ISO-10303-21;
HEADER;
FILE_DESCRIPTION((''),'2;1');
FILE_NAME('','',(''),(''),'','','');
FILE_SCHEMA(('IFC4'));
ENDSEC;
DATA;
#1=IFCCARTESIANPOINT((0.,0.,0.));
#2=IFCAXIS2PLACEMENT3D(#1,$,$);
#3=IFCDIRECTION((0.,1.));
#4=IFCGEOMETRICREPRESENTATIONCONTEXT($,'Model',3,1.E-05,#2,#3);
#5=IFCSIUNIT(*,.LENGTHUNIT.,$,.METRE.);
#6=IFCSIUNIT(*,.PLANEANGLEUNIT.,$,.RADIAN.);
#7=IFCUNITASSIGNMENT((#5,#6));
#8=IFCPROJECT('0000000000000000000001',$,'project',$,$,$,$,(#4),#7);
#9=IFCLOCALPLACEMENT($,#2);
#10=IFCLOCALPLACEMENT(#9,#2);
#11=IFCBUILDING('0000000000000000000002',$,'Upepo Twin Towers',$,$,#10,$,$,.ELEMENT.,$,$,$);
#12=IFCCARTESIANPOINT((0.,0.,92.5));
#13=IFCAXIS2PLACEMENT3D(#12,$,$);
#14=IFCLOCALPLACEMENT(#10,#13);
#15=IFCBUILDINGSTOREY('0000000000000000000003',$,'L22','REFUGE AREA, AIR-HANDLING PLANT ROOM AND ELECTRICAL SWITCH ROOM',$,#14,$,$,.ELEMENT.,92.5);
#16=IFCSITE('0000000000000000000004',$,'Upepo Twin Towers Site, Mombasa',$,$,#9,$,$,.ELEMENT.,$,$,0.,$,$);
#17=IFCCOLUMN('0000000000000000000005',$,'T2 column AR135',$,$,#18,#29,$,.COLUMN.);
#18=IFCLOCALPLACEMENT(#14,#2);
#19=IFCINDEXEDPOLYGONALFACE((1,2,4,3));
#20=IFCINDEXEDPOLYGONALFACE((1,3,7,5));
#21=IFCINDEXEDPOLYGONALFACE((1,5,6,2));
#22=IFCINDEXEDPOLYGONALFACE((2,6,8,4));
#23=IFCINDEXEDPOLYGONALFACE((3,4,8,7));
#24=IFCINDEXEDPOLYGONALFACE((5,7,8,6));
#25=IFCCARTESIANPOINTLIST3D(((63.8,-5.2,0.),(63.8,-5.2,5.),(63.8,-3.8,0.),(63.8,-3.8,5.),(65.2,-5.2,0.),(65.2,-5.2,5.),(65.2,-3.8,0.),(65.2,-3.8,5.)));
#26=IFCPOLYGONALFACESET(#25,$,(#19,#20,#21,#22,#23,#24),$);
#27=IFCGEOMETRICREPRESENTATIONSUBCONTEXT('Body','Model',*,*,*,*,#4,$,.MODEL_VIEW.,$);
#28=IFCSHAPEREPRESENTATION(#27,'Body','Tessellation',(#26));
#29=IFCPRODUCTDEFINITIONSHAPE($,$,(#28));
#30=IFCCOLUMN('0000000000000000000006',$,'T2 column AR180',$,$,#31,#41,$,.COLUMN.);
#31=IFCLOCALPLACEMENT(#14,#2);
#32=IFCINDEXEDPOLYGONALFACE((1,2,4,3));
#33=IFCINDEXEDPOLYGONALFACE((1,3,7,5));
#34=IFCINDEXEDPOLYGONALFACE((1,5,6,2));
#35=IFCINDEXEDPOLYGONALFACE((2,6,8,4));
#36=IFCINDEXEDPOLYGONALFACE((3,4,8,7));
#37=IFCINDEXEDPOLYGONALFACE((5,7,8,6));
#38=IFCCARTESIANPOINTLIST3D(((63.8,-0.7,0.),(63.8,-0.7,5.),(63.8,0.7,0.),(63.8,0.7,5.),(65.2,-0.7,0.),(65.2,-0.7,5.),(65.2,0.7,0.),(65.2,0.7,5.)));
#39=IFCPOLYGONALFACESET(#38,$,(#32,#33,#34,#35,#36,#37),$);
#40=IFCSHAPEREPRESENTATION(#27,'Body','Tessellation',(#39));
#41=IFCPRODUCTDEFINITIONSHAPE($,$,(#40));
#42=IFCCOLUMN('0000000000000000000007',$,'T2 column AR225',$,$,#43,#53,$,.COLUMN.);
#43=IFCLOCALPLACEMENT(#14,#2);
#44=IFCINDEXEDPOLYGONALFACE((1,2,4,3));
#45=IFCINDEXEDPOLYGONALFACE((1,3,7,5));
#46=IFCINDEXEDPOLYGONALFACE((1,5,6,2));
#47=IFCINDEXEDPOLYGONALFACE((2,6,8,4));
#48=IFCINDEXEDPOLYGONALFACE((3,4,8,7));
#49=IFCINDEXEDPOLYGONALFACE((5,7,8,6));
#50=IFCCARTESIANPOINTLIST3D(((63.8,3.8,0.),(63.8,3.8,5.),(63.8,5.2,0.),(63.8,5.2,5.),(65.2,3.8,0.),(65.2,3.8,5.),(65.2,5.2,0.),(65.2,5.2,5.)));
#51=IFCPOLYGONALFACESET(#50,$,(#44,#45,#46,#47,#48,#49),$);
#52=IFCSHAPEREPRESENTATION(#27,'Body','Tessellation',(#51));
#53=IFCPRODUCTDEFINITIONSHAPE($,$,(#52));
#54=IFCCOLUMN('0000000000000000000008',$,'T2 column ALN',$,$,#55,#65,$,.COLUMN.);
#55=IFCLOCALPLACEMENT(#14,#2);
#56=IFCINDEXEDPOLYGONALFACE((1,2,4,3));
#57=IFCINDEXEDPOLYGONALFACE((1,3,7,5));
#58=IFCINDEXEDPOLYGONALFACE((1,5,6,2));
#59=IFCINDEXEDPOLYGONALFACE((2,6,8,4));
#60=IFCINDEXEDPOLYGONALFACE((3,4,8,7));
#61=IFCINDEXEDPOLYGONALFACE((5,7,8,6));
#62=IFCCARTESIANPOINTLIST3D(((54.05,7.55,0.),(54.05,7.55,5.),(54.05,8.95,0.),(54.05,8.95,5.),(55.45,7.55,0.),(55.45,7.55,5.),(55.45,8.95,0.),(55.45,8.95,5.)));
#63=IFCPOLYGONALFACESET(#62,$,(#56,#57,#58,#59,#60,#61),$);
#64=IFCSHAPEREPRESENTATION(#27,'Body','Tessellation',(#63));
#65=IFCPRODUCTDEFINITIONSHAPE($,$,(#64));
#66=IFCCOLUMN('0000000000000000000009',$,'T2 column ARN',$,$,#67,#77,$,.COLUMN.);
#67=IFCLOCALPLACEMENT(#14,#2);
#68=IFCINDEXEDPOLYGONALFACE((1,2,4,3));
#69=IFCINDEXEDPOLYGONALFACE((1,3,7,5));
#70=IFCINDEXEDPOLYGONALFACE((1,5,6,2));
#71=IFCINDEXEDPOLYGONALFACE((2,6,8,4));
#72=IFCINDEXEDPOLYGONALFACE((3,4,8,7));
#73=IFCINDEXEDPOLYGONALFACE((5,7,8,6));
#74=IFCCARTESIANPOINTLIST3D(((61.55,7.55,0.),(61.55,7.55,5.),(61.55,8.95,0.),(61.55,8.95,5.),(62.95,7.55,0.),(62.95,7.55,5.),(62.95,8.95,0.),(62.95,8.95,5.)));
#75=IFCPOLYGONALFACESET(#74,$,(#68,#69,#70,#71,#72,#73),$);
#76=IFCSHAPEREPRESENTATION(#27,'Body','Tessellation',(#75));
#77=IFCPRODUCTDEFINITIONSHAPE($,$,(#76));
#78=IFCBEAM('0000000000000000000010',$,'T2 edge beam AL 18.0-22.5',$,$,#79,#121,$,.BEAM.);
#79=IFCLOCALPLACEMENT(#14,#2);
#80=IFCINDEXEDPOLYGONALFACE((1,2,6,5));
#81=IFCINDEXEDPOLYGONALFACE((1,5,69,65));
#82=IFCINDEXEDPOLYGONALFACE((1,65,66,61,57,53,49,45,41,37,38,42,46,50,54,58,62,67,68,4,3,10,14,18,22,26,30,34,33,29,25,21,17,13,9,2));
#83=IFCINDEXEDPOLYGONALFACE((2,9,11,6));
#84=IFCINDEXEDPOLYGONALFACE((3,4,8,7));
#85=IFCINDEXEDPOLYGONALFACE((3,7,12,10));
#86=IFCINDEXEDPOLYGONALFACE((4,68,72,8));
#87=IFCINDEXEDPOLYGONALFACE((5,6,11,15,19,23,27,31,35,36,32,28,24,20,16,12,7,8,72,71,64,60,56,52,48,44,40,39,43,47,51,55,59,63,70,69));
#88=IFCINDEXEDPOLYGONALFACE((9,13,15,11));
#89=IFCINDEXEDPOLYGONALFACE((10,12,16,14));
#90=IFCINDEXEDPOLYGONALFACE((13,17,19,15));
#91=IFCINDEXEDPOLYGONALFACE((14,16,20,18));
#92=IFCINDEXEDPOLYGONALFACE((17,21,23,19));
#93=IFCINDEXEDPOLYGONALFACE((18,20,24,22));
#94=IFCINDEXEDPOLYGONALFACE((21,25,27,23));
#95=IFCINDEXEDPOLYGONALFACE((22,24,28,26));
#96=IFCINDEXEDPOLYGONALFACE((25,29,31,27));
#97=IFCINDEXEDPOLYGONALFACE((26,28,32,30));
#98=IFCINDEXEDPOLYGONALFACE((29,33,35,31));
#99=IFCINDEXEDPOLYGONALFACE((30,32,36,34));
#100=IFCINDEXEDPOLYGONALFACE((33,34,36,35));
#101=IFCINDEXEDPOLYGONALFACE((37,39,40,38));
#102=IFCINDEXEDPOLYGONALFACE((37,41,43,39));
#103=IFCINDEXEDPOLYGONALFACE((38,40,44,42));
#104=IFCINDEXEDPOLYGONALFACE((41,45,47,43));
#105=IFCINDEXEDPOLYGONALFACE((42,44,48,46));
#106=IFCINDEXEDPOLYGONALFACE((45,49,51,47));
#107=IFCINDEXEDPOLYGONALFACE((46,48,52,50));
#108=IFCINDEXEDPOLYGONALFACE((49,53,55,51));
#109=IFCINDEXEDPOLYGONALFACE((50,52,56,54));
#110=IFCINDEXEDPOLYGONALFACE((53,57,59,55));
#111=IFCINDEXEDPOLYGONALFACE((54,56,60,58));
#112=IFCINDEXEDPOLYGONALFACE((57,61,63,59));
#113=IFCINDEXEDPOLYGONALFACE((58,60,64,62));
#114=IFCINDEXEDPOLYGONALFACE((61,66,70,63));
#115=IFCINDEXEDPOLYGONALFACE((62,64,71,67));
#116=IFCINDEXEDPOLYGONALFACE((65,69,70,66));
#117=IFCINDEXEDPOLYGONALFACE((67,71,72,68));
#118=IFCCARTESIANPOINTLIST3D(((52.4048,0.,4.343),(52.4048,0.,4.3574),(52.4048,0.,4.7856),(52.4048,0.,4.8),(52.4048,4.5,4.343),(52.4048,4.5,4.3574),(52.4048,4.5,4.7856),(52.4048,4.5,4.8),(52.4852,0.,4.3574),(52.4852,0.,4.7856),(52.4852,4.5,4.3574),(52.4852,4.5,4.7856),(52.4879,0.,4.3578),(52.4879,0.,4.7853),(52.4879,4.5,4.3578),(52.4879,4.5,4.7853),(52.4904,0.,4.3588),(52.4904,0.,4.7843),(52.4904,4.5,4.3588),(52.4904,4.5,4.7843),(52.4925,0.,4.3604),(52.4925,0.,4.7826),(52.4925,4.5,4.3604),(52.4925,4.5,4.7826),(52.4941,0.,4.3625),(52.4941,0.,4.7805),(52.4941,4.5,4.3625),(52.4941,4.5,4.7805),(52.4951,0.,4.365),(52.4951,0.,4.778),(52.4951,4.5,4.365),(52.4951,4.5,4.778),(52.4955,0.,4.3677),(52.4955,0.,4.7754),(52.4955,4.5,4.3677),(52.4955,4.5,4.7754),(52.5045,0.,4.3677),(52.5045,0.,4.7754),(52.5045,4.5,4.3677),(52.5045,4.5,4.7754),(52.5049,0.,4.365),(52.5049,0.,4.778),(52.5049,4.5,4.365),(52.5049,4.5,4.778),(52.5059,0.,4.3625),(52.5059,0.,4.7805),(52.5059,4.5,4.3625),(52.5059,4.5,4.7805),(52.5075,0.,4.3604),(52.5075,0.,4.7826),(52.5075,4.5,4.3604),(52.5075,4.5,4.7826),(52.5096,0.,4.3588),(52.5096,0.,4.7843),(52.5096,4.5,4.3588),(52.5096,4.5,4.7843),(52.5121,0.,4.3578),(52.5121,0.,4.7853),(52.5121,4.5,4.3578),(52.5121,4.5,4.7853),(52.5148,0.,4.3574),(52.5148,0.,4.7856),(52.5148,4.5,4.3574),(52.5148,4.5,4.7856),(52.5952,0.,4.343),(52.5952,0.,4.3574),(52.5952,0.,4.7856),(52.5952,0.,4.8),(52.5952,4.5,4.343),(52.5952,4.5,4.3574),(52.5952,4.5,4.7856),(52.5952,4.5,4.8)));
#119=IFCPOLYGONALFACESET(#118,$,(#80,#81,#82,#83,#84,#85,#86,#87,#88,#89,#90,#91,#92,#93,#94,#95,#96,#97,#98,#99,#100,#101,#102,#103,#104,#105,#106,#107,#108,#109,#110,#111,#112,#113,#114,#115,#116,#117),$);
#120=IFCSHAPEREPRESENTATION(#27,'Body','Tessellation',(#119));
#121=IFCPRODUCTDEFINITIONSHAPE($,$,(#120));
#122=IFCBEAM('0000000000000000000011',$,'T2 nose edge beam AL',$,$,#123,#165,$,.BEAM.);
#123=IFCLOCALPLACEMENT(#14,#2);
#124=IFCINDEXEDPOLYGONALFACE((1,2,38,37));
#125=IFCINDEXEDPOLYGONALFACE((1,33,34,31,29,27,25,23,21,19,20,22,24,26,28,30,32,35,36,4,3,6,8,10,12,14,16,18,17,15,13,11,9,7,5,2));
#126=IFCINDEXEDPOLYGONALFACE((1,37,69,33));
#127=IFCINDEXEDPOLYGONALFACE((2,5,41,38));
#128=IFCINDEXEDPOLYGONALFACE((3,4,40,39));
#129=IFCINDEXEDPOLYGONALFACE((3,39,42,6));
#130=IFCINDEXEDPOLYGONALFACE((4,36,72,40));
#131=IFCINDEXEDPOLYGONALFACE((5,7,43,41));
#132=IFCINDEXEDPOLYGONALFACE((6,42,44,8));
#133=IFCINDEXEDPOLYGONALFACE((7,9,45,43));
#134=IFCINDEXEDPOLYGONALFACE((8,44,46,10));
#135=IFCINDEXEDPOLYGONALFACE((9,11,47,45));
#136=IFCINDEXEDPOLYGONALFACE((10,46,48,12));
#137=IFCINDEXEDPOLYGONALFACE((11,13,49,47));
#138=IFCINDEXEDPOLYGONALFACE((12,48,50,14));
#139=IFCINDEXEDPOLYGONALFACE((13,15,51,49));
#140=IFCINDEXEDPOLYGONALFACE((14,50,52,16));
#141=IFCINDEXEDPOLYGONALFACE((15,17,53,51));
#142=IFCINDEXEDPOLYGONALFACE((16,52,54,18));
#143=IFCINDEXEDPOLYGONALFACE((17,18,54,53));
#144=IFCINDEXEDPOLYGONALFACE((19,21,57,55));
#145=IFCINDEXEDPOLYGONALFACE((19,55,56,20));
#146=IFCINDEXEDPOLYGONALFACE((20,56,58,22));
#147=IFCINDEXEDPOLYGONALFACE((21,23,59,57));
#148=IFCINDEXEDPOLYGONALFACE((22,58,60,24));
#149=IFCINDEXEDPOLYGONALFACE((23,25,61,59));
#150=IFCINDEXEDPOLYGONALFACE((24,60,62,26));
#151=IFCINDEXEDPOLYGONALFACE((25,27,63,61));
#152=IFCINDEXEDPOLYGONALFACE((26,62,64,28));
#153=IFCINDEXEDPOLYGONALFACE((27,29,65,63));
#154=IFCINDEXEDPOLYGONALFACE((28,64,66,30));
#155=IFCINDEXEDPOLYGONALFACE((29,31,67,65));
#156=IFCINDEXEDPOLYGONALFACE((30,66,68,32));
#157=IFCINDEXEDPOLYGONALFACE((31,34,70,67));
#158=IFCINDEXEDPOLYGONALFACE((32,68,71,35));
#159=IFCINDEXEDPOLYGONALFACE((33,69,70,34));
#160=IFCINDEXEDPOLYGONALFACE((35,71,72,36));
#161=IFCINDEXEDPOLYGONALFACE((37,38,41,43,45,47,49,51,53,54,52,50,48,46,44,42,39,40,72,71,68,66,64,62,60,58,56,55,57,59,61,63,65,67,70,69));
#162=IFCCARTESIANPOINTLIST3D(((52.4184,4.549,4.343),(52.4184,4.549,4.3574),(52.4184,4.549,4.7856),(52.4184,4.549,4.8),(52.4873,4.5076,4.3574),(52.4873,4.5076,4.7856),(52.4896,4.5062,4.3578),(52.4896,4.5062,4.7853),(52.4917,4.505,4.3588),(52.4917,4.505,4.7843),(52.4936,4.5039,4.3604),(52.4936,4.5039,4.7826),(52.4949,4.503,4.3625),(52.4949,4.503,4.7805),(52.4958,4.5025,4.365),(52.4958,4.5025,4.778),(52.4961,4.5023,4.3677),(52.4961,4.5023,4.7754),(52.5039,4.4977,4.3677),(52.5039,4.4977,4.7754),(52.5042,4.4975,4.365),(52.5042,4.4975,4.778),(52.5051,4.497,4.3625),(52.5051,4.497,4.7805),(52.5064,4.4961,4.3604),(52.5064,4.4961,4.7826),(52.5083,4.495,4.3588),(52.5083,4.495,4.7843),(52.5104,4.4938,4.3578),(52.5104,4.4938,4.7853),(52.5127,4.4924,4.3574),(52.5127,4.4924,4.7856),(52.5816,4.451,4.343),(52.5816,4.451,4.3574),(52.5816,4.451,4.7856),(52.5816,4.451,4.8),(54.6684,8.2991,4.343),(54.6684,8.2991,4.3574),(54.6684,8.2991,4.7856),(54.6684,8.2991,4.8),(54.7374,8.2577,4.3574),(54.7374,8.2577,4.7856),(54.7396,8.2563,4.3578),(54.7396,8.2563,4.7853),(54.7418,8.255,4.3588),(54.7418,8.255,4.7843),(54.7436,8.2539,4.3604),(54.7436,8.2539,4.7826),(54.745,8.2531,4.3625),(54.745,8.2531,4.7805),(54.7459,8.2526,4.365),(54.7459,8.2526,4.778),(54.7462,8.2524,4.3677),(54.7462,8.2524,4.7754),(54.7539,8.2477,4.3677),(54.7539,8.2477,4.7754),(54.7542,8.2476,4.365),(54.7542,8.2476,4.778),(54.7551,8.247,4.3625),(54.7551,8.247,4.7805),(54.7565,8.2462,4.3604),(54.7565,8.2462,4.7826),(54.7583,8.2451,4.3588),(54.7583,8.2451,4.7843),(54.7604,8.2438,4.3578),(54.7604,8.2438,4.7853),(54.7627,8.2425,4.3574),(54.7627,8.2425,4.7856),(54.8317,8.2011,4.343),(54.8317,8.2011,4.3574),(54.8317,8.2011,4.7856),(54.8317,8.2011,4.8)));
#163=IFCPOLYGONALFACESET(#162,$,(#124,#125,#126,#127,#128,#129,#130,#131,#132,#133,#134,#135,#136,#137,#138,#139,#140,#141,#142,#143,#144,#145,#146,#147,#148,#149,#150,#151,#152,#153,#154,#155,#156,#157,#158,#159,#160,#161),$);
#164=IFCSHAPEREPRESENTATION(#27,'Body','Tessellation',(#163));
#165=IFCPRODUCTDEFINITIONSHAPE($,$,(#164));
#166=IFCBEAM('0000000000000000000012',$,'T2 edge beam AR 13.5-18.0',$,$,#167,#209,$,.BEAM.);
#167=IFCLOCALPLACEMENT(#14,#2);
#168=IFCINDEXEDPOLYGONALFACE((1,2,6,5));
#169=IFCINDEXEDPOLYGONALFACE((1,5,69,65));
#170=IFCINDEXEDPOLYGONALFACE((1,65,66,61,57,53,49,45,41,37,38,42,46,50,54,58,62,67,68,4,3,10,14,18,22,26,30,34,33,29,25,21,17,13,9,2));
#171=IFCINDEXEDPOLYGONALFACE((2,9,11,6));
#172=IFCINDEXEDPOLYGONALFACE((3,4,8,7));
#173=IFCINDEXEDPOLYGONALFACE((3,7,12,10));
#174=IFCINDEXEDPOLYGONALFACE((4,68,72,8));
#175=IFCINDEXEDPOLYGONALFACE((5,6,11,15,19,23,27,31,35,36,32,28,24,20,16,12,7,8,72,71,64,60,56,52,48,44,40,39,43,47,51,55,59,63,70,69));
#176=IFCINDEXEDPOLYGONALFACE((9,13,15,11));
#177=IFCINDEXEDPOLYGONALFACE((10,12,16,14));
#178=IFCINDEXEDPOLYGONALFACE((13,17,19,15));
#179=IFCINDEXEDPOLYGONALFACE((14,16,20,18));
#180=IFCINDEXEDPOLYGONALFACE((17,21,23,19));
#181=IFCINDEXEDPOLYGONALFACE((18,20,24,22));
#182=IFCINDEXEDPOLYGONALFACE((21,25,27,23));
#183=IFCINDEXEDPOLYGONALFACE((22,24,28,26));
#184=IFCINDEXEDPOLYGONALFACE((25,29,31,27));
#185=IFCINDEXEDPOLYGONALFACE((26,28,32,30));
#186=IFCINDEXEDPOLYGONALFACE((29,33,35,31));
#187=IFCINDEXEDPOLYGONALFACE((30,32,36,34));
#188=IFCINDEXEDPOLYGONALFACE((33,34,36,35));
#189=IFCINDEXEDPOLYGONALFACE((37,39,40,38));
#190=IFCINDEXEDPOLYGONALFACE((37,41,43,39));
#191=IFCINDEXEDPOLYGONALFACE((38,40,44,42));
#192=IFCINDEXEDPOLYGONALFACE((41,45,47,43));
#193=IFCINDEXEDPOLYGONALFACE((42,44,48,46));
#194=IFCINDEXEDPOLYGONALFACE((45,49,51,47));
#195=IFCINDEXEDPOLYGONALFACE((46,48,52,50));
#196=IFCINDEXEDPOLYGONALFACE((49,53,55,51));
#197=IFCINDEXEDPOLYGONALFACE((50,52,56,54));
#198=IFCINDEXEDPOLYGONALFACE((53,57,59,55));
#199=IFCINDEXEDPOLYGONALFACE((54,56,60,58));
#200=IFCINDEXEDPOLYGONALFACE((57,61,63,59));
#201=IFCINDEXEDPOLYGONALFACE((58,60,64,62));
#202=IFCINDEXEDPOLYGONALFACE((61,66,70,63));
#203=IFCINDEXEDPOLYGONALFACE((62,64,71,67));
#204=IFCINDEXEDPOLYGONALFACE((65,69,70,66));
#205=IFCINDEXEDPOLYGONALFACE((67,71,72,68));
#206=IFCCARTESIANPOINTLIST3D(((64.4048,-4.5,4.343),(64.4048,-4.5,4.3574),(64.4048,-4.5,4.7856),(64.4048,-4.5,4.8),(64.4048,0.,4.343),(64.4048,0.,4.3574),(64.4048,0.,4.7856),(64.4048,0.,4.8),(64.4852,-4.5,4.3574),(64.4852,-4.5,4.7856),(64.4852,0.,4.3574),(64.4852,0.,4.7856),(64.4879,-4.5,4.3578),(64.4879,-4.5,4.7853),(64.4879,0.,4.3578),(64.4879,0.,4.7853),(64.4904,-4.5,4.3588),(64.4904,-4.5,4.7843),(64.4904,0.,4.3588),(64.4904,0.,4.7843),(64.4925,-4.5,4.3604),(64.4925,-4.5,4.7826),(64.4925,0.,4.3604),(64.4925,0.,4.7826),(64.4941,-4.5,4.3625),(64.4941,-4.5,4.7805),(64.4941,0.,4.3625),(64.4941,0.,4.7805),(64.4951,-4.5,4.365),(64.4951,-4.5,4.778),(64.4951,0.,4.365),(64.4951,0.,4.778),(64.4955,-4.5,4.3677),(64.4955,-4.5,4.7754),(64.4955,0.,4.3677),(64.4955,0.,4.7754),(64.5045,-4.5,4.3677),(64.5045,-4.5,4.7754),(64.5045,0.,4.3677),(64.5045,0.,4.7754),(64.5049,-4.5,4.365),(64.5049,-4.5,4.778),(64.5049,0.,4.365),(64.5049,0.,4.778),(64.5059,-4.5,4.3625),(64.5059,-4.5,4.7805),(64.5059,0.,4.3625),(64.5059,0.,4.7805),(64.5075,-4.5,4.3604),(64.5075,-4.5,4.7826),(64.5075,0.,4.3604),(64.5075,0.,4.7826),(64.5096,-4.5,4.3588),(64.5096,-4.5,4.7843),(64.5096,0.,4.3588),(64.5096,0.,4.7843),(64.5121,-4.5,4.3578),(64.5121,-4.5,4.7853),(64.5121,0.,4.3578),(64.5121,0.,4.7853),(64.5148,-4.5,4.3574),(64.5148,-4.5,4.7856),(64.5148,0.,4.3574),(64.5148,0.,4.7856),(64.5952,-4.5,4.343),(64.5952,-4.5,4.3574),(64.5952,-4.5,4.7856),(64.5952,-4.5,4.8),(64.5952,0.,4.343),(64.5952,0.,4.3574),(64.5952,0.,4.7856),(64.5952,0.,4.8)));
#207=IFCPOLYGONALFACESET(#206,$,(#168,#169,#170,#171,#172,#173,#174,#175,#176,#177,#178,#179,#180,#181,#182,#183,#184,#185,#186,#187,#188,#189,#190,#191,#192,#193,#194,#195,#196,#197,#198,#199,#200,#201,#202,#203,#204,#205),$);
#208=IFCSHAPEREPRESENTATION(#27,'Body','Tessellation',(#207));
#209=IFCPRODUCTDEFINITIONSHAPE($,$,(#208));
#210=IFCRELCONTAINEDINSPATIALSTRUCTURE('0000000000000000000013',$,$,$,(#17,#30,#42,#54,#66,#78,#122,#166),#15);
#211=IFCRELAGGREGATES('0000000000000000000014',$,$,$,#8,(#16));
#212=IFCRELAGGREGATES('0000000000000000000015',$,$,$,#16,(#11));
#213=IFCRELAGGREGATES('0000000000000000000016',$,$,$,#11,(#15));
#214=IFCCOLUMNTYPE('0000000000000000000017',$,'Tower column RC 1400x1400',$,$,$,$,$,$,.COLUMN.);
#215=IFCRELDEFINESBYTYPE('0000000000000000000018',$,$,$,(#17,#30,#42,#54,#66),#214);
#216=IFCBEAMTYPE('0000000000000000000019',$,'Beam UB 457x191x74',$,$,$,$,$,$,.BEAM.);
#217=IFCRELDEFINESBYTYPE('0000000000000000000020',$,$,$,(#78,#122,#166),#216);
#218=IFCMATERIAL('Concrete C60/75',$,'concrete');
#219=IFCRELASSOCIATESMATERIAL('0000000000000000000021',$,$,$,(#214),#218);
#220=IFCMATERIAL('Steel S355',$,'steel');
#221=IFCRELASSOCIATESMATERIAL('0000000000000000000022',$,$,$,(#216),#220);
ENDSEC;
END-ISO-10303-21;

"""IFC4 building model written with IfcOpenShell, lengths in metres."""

from ifc_helpers import new_model, si_unit, direction, frame, origin, origin_2d, place, context, subcontext, project, spatial, rectangle, i_section, extrude, material, material_profile, profile_set, type_object, element, save


model = new_model("IFC4")

# Units and contexts
model_context = context("Model", 3, precision=1e-05, world=origin(), true_north=direction((0.0, 1.0)))
body_context = subcontext(model_context, "Body", "Model", "MODEL_VIEW")
ifc_project = project(units=[si_unit("LENGTHUNIT", "METRE"), si_unit("PLANEANGLEUNIT", "RADIAN")], contexts=[model_context])

# Site, building, storey
site_placement = place(None, origin())
site = spatial("IfcSite", under=ifc_project, at=site_placement, Name="Upepo Twin Towers Site, Mombasa", CompositionType="ELEMENT", RefElevation=0.0)
building_placement = place(site_placement, origin())
building = spatial("IfcBuilding", under=site, at=building_placement, Name="Upepo Twin Towers", CompositionType="ELEMENT")
storey_placement = place(building_placement, frame((0.0, 0.0, 92.5)))
storey = spatial("IfcBuildingStorey", under=building, at=storey_placement, Name="L22", Description="REFUGE AREA, AIR-HANDLING PLANT ROOM AND ELECTRICAL SWITCH ROOM", CompositionType="ELEMENT", Elevation=92.5)

# Columns
ifc_material_1 = material(Name="Concrete C60/75", Category="concrete")
ifc_material_profile_1 = material_profile(ifc_material_1, rectangle(XDim=1.3999, YDim=1.3999, at=origin_2d()), Name="RC 1400x1400")
ifc_profile_set_1 = profile_set([ifc_material_profile_1], Name="Concrete C60/75")
column_type = type_object("IfcColumnType", Name="Tower column RC 1400x1400", PredefinedType="COLUMN", material=ifc_profile_set_1)
for number, where, z_axis, x_axis, name in (
    (1, (64.5, -4.5, 0.0), (0.0, 0.0, 1.0), (1.0, 0.0, 0.0), "T2 column AR135"),
    (2, (64.5, 0.0, 0.0), (0.0, 0.0, 1.0), (1.0, 0.0, 0.0), "T2 column AR180"),
    (3, (64.5, 4.5, 0.0), (0.0, 0.0, 1.0), (1.0, 0.0, 0.0), "T2 column AR225"),
    (4, (54.75, 8.25, 0.0), (0.0, 0.0, 1.0), (1.0, 0.0, 0.0), "T2 column ALN"),
    (5, (62.25, 8.25, 0.0), (0.0, 0.0, 1.0), (1.0, 0.0, 0.0), "T2 column ARN"),
):
    element("IfcColumn", number, at=place(storey_placement, frame(where, z_axis=z_axis, x_axis=x_axis)), inside=storey, type_object=column_type, Name=name, PredefinedType="COLUMN", context=body_context, shape_type="SweptSolid", body=[
        extrude(rectangle(XDim=1.3999, YDim=1.3999, at=origin_2d()), origin(), (0.0, 0.0, 1.0), 5.0),
    ])

# Beams
ifc_material_2 = material(Name="Steel S355", Category="steel")
ifc_material_profile_2 = material_profile(ifc_material_2, i_section(OverallWidth=0.1904, OverallDepth=0.457, WebThickness=0.009, FlangeThickness=0.0144, FilletRadius=0.0103, at=origin_2d()), Name="UB 457x191x74")
ifc_profile_set_2 = profile_set([ifc_material_profile_2], Name="Steel S355")
beam_type_1 = type_object("IfcBeamType", Name="Beam UB 457x191x74", PredefinedType="BEAM", material=ifc_profile_set_2)
beam_1_placement = place(storey_placement, frame((52.5, 0.0, 4.5715), z_axis=(0.0, 1.0, 0.0), x_axis=(-1.0, 0.0, 0.0)))
element("IfcBeam", 6, at=beam_1_placement, inside=storey, type_object=beam_type_1, Name="T2 edge beam AL 18.0-22.5", PredefinedType="BEAM", context=body_context, shape_type="SweptSolid", body=[
    extrude(i_section(OverallWidth=0.1904, OverallDepth=0.457, WebThickness=0.009, FlangeThickness=0.0144, FilletRadius=0.0103, at=origin_2d()), origin(), (0.0, 0.0, 1.0), 4.5),
])
beam_2_placement = place(storey_placement, frame((52.5, 4.5, 4.5715), z_axis=(0.514496, 0.857493, 0.0), x_axis=(-0.857493, 0.514496, 0.0)))
element("IfcBeam", 7, at=beam_2_placement, inside=storey, type_object=beam_type_1, Name="T2 nose edge beam AL", PredefinedType="BEAM", context=body_context, shape_type="SweptSolid", body=[
    extrude(i_section(OverallWidth=0.1904, OverallDepth=0.457, WebThickness=0.009, FlangeThickness=0.0144, FilletRadius=0.0103, at=origin_2d()), origin(), (0.0, 0.0, 1.0), 4.3733),
])
for number, where, z_axis, x_axis, name in (
    (8, (64.5, -4.5, 4.5715), (0.0, 1.0, 0.0), (-1.0, 0.0, 0.0), "T2 edge beam AR 13.5-18.0"),
):
    element("IfcBeam", number, at=place(storey_placement, frame(where, z_axis=z_axis, x_axis=x_axis)), inside=storey, type_object=beam_type_1, Name=name, PredefinedType="BEAM", context=body_context, shape_type="SweptSolid", body=[
        extrude(i_section(OverallWidth=0.1904, OverallDepth=0.457, WebThickness=0.009, FlangeThickness=0.0144, FilletRadius=0.0103, at=origin_2d()), origin(), (0.0, 0.0, 1.0), 4.5),
    ])

save(model, "model.ifc")
